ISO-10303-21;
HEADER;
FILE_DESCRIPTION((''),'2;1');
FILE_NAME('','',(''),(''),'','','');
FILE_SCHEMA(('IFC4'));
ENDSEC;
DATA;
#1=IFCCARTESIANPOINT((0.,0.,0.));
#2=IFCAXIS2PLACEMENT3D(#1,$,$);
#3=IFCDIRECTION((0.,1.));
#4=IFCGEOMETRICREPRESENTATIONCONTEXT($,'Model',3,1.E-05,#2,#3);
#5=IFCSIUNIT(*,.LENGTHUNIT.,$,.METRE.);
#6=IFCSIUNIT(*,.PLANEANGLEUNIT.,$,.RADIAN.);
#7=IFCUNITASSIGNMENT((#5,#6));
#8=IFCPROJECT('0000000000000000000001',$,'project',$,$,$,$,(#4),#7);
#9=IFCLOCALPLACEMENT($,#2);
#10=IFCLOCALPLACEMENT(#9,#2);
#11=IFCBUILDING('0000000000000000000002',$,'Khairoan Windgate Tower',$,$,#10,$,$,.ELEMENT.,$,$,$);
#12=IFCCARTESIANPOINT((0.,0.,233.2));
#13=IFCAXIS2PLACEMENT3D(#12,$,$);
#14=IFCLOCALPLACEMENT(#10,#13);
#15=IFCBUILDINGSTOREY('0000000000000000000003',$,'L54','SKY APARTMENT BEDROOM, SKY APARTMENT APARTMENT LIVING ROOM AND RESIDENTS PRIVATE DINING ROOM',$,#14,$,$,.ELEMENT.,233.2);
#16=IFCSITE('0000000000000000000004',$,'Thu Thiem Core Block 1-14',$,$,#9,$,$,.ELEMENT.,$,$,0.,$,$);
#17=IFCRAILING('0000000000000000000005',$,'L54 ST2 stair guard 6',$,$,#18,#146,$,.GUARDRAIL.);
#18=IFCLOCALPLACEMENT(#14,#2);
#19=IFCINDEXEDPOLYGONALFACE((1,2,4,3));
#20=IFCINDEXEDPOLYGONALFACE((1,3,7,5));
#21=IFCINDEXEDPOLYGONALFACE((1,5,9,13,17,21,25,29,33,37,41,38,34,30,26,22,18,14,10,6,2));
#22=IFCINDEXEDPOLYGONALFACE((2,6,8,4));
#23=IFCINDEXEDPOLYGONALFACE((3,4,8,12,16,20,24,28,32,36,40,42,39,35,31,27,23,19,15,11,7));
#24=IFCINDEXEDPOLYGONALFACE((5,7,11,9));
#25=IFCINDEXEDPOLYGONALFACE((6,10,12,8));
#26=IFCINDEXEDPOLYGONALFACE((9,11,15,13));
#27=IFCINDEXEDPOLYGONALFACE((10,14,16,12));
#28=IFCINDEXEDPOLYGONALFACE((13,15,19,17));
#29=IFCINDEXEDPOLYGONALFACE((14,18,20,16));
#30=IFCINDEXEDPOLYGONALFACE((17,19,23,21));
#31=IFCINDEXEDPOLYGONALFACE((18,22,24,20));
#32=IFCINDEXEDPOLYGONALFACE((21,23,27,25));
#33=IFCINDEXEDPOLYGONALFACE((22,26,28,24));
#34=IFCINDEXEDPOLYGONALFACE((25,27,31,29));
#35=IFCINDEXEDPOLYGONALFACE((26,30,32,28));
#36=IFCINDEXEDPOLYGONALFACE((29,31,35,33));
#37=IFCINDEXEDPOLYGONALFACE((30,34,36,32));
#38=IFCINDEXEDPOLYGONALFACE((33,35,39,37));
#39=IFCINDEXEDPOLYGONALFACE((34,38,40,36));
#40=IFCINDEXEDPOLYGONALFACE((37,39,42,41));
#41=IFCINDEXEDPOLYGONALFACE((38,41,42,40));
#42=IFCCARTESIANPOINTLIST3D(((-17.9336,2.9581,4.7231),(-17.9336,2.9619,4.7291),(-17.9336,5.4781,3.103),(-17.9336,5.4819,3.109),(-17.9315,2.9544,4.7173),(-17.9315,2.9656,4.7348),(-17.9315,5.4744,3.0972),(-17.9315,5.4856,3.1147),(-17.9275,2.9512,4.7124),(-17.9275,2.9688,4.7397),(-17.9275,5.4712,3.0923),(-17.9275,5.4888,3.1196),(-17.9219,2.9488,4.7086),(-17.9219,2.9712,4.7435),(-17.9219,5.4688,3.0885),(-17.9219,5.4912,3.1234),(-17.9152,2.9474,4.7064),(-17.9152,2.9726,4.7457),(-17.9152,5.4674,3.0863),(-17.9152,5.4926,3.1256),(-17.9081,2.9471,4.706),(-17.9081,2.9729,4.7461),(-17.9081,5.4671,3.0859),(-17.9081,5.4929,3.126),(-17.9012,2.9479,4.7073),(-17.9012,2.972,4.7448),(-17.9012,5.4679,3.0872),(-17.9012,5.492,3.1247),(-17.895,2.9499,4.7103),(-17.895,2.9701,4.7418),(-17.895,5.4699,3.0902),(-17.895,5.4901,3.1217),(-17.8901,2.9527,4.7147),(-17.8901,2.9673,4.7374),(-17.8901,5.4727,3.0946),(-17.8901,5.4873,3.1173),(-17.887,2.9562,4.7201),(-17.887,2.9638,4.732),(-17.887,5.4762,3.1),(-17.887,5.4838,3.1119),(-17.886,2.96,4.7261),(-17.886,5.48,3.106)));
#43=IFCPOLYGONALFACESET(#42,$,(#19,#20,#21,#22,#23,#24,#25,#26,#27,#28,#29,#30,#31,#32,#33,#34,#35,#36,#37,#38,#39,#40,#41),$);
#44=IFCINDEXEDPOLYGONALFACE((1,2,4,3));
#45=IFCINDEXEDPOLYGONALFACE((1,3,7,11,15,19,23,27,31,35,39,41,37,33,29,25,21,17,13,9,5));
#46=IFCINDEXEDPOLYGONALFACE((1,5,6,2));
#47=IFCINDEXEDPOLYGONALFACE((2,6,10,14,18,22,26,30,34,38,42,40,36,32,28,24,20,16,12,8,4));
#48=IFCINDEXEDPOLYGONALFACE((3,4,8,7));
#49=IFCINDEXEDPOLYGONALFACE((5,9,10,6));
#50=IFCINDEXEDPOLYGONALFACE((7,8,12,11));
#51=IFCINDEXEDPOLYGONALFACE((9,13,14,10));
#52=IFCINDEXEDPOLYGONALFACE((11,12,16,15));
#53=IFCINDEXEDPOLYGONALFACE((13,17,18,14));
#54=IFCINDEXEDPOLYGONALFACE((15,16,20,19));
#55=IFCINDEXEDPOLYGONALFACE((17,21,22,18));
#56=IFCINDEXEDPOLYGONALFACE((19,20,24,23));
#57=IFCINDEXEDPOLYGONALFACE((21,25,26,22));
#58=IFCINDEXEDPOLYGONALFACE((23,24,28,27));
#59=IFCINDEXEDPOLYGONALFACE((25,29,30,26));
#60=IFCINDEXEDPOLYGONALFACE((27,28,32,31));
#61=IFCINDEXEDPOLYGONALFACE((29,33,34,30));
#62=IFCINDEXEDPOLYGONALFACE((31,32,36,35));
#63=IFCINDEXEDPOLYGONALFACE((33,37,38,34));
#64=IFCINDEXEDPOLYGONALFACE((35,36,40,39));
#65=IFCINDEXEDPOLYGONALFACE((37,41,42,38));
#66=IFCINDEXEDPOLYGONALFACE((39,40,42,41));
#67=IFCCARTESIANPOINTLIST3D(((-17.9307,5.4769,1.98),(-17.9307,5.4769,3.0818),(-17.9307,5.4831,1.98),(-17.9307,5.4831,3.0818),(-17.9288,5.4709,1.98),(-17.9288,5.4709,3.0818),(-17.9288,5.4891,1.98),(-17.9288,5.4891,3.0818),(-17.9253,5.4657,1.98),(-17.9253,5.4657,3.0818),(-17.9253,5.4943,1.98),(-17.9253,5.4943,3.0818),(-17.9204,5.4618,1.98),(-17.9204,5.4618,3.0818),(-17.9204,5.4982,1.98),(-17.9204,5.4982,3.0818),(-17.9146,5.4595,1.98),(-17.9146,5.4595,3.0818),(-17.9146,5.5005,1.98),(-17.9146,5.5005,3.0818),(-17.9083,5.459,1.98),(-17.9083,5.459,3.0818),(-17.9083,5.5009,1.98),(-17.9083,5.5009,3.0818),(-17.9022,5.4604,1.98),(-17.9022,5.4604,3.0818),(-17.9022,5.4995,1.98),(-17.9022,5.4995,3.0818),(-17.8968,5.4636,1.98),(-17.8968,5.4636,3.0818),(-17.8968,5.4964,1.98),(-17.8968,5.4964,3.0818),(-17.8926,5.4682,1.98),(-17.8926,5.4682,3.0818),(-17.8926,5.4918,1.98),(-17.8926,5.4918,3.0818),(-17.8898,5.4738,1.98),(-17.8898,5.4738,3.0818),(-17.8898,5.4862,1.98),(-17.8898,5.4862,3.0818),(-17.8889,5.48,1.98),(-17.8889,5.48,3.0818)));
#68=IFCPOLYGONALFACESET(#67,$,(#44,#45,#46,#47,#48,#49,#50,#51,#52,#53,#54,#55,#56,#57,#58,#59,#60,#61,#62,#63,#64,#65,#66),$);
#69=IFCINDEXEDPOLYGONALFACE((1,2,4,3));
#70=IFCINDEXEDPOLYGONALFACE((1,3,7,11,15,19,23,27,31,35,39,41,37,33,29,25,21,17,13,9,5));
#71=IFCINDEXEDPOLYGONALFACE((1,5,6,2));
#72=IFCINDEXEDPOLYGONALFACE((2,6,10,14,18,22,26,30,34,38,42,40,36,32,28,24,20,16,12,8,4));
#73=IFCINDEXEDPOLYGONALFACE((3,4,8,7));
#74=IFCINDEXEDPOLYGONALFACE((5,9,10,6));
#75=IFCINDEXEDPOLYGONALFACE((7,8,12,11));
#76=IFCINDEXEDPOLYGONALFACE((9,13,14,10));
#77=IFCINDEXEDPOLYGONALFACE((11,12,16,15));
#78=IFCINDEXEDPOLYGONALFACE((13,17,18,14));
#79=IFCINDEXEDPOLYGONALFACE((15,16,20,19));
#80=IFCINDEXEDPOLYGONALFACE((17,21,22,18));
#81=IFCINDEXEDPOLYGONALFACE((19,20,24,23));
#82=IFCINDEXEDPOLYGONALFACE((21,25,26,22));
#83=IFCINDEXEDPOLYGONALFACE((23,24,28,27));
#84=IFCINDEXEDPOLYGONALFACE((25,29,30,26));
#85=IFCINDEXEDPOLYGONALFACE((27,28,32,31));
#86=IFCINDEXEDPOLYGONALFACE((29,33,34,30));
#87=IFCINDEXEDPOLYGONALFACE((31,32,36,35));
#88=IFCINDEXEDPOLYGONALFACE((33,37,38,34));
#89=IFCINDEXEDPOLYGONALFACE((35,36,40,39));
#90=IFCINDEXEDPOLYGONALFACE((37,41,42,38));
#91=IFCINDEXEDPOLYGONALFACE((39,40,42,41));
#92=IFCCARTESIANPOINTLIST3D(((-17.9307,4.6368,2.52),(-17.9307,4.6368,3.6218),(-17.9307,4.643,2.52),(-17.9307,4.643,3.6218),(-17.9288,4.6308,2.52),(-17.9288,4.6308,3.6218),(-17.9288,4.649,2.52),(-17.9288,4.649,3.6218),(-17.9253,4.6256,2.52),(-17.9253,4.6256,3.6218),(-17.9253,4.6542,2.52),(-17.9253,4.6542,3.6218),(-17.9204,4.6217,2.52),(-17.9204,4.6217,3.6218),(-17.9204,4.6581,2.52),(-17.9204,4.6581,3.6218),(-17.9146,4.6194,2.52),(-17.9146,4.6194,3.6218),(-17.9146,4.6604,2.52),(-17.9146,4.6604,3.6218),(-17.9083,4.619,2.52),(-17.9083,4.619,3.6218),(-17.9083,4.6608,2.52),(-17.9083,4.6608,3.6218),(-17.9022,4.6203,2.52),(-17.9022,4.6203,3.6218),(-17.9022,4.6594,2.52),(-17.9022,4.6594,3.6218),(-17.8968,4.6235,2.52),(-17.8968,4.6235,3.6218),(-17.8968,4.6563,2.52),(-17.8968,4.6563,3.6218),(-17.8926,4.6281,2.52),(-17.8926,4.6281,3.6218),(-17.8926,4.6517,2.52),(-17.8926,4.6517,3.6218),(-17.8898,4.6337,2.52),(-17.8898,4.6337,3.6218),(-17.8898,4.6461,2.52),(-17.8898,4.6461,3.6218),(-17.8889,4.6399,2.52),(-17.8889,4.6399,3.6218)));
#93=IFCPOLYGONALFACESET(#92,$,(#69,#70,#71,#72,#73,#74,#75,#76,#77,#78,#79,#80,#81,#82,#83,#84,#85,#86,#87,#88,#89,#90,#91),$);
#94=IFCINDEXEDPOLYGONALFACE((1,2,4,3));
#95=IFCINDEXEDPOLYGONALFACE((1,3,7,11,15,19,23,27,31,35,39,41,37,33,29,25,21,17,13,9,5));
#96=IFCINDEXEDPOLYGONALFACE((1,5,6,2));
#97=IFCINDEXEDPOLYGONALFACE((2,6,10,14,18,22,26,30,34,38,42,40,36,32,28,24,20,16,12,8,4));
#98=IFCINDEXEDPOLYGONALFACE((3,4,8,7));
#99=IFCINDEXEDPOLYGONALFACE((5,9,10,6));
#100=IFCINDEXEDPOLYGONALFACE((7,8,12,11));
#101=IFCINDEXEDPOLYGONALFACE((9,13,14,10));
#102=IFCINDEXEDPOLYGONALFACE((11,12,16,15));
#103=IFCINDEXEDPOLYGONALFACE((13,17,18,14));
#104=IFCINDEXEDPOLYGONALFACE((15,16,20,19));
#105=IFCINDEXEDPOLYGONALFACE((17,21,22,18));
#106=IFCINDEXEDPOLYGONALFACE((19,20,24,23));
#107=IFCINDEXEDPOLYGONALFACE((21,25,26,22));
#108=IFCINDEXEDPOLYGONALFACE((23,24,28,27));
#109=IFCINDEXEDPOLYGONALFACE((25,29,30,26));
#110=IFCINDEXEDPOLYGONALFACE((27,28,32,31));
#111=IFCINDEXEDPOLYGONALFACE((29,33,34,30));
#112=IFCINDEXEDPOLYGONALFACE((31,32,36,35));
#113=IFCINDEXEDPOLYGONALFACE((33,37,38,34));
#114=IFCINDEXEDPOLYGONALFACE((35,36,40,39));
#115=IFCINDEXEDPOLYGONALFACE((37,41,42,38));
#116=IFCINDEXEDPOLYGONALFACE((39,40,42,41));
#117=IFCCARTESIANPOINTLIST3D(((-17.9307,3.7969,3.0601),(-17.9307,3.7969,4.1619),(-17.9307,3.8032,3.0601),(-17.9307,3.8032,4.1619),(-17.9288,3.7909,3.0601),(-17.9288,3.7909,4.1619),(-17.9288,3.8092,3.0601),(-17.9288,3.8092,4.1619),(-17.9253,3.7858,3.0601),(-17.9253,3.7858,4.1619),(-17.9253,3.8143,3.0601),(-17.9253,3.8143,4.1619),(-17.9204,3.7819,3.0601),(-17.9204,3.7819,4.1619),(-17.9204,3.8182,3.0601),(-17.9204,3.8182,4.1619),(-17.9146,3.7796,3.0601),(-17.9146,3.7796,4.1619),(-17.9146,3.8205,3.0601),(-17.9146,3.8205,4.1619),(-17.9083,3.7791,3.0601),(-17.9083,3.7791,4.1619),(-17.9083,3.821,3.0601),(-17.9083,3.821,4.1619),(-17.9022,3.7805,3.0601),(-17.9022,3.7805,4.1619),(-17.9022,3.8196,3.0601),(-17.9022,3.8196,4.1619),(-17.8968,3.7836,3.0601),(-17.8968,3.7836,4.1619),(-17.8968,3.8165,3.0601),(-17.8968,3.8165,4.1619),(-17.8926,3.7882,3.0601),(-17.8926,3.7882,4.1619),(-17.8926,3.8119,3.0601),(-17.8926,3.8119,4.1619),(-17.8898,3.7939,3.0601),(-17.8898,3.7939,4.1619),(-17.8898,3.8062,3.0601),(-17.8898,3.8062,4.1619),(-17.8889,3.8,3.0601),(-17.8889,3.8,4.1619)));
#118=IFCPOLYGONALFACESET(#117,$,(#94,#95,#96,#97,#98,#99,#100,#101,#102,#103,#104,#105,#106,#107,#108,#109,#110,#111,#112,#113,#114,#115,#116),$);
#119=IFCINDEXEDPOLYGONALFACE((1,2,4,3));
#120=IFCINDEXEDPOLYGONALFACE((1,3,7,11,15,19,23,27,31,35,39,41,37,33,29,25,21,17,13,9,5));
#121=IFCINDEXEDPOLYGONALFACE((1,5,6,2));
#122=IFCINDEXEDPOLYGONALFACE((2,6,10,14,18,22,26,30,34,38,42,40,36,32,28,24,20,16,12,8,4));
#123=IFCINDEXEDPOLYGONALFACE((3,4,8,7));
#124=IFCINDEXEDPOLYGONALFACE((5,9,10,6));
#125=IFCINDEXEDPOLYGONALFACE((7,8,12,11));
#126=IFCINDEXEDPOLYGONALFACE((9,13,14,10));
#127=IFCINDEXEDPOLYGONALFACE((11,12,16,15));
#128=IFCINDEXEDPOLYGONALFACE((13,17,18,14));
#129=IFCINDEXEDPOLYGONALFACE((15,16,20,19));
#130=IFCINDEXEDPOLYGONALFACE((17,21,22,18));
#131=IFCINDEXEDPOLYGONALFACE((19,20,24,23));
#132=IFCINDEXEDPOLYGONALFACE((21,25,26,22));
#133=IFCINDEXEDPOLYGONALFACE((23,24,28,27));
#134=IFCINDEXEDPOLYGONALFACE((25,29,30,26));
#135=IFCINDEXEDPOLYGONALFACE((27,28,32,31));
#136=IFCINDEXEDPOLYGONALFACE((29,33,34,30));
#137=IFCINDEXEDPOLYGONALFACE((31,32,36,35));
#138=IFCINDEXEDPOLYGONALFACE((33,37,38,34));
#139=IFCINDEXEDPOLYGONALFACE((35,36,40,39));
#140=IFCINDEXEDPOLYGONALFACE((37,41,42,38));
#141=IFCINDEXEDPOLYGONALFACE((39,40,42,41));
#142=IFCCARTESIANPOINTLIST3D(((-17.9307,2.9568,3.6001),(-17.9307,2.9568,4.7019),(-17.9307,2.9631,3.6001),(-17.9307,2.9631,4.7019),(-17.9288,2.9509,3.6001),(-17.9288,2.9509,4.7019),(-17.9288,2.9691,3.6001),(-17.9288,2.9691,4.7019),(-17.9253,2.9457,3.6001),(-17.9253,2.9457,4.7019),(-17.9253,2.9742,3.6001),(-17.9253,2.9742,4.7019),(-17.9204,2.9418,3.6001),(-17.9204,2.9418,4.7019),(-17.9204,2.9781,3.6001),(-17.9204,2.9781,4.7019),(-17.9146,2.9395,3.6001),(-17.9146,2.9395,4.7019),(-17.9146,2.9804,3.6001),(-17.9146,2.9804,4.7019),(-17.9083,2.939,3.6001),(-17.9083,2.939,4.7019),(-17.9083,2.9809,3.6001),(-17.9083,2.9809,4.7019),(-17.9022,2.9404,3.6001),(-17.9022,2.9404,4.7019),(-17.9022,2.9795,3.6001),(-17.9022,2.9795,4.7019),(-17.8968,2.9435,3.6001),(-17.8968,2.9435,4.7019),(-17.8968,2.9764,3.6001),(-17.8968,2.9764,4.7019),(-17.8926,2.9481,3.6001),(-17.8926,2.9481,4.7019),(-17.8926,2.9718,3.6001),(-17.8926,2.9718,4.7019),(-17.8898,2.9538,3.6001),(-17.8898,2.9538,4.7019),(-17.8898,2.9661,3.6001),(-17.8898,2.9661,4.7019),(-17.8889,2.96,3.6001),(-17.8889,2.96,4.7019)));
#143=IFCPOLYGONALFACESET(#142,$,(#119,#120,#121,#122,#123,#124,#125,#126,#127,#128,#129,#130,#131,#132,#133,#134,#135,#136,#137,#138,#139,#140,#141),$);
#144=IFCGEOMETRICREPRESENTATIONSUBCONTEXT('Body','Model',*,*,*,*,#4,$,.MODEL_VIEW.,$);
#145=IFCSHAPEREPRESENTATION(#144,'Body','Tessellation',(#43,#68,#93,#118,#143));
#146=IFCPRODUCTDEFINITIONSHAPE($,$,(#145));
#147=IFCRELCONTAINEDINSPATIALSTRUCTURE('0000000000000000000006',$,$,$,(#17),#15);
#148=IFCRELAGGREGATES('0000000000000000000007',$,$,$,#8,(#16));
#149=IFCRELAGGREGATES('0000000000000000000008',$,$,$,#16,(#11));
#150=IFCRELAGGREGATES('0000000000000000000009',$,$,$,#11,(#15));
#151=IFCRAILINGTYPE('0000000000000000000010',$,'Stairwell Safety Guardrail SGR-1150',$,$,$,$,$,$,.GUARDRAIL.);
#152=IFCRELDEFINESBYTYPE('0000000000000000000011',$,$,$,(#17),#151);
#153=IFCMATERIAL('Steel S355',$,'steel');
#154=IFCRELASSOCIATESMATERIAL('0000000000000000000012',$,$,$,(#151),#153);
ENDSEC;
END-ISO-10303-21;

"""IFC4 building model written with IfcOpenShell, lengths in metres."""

from ifc_helpers import new_model, si_unit, direction, frame, origin, origin_2d, place, context, subcontext, project, spatial, circle, extrude, material, type_object, element, save


model = new_model("IFC4")

# Units and contexts
model_context = context("Model", 3, precision=1e-05, world=origin(), true_north=direction((0.0, 1.0)))
body_context = subcontext(model_context, "Body", "Model", "MODEL_VIEW")
ifc_project = project(units=[si_unit("LENGTHUNIT", "METRE"), si_unit("PLANEANGLEUNIT", "RADIAN")], contexts=[model_context])

# Site, building, storey
site_placement = place(None, origin())
site = spatial("IfcSite", under=ifc_project, at=site_placement, Name="Thu Thiem Core Block 1-14", CompositionType="ELEMENT", RefElevation=0.0)
building_placement = place(site_placement, origin())
building = spatial("IfcBuilding", under=site, at=building_placement, Name="Khairoan Windgate Tower", CompositionType="ELEMENT")
storey_placement = place(building_placement, frame((0.0, 0.0, 233.2)))
storey = spatial("IfcBuildingStorey", under=building, at=storey_placement, Name="L54", Description="SKY APARTMENT BEDROOM, SKY APARTMENT APARTMENT LIVING ROOM AND RESIDENTS PRIVATE DINING ROOM", CompositionType="ELEMENT", Elevation=233.2)

# Railing
ifc_material_1 = material(Name="Steel S355", Category="steel")
railing_type_1 = type_object("IfcRailingType", Name="Stairwell Safety Guardrail SGR-1150", PredefinedType="GUARDRAIL", material=ifc_material_1)
railing_1_placement = place(storey_placement, frame((-17.9099, 5.48, 1.98)))
element("IfcRailing", 1, at=railing_1_placement, inside=storey, type_object=railing_type_1, Name="L54 ST2 stair guard 6", PredefinedType="GUARDRAIL", context=body_context, shape_type="SweptSolid", body=[
    extrude(circle(Radius=0.0239, at=origin_2d()), frame((0.0, 0.0, 1.126), z_axis=(0.0, -0.841163, 0.540782), x_axis=(1.0, 0.0, 0.0)), (0.0, 0.0, 1.0), 2.9958),
    extrude(circle(Radius=0.021, at=origin_2d()), origin(), (0.0, 0.0, 1.0), 1.1018),
    extrude(circle(Radius=0.021, at=origin_2d()), frame((0.0, -0.8401, 0.54)), (0.0, 0.0, 1.0), 1.1018),
    extrude(circle(Radius=0.021, at=origin_2d()), frame((0.0, -1.6799, 1.0801)), (0.0, 0.0, 1.0), 1.1018),
    extrude(circle(Radius=0.021, at=origin_2d()), frame((0.0, -2.52, 1.6201)), (0.0, 0.0, 1.0), 1.1018),
])

save(model, "model.ifc")
